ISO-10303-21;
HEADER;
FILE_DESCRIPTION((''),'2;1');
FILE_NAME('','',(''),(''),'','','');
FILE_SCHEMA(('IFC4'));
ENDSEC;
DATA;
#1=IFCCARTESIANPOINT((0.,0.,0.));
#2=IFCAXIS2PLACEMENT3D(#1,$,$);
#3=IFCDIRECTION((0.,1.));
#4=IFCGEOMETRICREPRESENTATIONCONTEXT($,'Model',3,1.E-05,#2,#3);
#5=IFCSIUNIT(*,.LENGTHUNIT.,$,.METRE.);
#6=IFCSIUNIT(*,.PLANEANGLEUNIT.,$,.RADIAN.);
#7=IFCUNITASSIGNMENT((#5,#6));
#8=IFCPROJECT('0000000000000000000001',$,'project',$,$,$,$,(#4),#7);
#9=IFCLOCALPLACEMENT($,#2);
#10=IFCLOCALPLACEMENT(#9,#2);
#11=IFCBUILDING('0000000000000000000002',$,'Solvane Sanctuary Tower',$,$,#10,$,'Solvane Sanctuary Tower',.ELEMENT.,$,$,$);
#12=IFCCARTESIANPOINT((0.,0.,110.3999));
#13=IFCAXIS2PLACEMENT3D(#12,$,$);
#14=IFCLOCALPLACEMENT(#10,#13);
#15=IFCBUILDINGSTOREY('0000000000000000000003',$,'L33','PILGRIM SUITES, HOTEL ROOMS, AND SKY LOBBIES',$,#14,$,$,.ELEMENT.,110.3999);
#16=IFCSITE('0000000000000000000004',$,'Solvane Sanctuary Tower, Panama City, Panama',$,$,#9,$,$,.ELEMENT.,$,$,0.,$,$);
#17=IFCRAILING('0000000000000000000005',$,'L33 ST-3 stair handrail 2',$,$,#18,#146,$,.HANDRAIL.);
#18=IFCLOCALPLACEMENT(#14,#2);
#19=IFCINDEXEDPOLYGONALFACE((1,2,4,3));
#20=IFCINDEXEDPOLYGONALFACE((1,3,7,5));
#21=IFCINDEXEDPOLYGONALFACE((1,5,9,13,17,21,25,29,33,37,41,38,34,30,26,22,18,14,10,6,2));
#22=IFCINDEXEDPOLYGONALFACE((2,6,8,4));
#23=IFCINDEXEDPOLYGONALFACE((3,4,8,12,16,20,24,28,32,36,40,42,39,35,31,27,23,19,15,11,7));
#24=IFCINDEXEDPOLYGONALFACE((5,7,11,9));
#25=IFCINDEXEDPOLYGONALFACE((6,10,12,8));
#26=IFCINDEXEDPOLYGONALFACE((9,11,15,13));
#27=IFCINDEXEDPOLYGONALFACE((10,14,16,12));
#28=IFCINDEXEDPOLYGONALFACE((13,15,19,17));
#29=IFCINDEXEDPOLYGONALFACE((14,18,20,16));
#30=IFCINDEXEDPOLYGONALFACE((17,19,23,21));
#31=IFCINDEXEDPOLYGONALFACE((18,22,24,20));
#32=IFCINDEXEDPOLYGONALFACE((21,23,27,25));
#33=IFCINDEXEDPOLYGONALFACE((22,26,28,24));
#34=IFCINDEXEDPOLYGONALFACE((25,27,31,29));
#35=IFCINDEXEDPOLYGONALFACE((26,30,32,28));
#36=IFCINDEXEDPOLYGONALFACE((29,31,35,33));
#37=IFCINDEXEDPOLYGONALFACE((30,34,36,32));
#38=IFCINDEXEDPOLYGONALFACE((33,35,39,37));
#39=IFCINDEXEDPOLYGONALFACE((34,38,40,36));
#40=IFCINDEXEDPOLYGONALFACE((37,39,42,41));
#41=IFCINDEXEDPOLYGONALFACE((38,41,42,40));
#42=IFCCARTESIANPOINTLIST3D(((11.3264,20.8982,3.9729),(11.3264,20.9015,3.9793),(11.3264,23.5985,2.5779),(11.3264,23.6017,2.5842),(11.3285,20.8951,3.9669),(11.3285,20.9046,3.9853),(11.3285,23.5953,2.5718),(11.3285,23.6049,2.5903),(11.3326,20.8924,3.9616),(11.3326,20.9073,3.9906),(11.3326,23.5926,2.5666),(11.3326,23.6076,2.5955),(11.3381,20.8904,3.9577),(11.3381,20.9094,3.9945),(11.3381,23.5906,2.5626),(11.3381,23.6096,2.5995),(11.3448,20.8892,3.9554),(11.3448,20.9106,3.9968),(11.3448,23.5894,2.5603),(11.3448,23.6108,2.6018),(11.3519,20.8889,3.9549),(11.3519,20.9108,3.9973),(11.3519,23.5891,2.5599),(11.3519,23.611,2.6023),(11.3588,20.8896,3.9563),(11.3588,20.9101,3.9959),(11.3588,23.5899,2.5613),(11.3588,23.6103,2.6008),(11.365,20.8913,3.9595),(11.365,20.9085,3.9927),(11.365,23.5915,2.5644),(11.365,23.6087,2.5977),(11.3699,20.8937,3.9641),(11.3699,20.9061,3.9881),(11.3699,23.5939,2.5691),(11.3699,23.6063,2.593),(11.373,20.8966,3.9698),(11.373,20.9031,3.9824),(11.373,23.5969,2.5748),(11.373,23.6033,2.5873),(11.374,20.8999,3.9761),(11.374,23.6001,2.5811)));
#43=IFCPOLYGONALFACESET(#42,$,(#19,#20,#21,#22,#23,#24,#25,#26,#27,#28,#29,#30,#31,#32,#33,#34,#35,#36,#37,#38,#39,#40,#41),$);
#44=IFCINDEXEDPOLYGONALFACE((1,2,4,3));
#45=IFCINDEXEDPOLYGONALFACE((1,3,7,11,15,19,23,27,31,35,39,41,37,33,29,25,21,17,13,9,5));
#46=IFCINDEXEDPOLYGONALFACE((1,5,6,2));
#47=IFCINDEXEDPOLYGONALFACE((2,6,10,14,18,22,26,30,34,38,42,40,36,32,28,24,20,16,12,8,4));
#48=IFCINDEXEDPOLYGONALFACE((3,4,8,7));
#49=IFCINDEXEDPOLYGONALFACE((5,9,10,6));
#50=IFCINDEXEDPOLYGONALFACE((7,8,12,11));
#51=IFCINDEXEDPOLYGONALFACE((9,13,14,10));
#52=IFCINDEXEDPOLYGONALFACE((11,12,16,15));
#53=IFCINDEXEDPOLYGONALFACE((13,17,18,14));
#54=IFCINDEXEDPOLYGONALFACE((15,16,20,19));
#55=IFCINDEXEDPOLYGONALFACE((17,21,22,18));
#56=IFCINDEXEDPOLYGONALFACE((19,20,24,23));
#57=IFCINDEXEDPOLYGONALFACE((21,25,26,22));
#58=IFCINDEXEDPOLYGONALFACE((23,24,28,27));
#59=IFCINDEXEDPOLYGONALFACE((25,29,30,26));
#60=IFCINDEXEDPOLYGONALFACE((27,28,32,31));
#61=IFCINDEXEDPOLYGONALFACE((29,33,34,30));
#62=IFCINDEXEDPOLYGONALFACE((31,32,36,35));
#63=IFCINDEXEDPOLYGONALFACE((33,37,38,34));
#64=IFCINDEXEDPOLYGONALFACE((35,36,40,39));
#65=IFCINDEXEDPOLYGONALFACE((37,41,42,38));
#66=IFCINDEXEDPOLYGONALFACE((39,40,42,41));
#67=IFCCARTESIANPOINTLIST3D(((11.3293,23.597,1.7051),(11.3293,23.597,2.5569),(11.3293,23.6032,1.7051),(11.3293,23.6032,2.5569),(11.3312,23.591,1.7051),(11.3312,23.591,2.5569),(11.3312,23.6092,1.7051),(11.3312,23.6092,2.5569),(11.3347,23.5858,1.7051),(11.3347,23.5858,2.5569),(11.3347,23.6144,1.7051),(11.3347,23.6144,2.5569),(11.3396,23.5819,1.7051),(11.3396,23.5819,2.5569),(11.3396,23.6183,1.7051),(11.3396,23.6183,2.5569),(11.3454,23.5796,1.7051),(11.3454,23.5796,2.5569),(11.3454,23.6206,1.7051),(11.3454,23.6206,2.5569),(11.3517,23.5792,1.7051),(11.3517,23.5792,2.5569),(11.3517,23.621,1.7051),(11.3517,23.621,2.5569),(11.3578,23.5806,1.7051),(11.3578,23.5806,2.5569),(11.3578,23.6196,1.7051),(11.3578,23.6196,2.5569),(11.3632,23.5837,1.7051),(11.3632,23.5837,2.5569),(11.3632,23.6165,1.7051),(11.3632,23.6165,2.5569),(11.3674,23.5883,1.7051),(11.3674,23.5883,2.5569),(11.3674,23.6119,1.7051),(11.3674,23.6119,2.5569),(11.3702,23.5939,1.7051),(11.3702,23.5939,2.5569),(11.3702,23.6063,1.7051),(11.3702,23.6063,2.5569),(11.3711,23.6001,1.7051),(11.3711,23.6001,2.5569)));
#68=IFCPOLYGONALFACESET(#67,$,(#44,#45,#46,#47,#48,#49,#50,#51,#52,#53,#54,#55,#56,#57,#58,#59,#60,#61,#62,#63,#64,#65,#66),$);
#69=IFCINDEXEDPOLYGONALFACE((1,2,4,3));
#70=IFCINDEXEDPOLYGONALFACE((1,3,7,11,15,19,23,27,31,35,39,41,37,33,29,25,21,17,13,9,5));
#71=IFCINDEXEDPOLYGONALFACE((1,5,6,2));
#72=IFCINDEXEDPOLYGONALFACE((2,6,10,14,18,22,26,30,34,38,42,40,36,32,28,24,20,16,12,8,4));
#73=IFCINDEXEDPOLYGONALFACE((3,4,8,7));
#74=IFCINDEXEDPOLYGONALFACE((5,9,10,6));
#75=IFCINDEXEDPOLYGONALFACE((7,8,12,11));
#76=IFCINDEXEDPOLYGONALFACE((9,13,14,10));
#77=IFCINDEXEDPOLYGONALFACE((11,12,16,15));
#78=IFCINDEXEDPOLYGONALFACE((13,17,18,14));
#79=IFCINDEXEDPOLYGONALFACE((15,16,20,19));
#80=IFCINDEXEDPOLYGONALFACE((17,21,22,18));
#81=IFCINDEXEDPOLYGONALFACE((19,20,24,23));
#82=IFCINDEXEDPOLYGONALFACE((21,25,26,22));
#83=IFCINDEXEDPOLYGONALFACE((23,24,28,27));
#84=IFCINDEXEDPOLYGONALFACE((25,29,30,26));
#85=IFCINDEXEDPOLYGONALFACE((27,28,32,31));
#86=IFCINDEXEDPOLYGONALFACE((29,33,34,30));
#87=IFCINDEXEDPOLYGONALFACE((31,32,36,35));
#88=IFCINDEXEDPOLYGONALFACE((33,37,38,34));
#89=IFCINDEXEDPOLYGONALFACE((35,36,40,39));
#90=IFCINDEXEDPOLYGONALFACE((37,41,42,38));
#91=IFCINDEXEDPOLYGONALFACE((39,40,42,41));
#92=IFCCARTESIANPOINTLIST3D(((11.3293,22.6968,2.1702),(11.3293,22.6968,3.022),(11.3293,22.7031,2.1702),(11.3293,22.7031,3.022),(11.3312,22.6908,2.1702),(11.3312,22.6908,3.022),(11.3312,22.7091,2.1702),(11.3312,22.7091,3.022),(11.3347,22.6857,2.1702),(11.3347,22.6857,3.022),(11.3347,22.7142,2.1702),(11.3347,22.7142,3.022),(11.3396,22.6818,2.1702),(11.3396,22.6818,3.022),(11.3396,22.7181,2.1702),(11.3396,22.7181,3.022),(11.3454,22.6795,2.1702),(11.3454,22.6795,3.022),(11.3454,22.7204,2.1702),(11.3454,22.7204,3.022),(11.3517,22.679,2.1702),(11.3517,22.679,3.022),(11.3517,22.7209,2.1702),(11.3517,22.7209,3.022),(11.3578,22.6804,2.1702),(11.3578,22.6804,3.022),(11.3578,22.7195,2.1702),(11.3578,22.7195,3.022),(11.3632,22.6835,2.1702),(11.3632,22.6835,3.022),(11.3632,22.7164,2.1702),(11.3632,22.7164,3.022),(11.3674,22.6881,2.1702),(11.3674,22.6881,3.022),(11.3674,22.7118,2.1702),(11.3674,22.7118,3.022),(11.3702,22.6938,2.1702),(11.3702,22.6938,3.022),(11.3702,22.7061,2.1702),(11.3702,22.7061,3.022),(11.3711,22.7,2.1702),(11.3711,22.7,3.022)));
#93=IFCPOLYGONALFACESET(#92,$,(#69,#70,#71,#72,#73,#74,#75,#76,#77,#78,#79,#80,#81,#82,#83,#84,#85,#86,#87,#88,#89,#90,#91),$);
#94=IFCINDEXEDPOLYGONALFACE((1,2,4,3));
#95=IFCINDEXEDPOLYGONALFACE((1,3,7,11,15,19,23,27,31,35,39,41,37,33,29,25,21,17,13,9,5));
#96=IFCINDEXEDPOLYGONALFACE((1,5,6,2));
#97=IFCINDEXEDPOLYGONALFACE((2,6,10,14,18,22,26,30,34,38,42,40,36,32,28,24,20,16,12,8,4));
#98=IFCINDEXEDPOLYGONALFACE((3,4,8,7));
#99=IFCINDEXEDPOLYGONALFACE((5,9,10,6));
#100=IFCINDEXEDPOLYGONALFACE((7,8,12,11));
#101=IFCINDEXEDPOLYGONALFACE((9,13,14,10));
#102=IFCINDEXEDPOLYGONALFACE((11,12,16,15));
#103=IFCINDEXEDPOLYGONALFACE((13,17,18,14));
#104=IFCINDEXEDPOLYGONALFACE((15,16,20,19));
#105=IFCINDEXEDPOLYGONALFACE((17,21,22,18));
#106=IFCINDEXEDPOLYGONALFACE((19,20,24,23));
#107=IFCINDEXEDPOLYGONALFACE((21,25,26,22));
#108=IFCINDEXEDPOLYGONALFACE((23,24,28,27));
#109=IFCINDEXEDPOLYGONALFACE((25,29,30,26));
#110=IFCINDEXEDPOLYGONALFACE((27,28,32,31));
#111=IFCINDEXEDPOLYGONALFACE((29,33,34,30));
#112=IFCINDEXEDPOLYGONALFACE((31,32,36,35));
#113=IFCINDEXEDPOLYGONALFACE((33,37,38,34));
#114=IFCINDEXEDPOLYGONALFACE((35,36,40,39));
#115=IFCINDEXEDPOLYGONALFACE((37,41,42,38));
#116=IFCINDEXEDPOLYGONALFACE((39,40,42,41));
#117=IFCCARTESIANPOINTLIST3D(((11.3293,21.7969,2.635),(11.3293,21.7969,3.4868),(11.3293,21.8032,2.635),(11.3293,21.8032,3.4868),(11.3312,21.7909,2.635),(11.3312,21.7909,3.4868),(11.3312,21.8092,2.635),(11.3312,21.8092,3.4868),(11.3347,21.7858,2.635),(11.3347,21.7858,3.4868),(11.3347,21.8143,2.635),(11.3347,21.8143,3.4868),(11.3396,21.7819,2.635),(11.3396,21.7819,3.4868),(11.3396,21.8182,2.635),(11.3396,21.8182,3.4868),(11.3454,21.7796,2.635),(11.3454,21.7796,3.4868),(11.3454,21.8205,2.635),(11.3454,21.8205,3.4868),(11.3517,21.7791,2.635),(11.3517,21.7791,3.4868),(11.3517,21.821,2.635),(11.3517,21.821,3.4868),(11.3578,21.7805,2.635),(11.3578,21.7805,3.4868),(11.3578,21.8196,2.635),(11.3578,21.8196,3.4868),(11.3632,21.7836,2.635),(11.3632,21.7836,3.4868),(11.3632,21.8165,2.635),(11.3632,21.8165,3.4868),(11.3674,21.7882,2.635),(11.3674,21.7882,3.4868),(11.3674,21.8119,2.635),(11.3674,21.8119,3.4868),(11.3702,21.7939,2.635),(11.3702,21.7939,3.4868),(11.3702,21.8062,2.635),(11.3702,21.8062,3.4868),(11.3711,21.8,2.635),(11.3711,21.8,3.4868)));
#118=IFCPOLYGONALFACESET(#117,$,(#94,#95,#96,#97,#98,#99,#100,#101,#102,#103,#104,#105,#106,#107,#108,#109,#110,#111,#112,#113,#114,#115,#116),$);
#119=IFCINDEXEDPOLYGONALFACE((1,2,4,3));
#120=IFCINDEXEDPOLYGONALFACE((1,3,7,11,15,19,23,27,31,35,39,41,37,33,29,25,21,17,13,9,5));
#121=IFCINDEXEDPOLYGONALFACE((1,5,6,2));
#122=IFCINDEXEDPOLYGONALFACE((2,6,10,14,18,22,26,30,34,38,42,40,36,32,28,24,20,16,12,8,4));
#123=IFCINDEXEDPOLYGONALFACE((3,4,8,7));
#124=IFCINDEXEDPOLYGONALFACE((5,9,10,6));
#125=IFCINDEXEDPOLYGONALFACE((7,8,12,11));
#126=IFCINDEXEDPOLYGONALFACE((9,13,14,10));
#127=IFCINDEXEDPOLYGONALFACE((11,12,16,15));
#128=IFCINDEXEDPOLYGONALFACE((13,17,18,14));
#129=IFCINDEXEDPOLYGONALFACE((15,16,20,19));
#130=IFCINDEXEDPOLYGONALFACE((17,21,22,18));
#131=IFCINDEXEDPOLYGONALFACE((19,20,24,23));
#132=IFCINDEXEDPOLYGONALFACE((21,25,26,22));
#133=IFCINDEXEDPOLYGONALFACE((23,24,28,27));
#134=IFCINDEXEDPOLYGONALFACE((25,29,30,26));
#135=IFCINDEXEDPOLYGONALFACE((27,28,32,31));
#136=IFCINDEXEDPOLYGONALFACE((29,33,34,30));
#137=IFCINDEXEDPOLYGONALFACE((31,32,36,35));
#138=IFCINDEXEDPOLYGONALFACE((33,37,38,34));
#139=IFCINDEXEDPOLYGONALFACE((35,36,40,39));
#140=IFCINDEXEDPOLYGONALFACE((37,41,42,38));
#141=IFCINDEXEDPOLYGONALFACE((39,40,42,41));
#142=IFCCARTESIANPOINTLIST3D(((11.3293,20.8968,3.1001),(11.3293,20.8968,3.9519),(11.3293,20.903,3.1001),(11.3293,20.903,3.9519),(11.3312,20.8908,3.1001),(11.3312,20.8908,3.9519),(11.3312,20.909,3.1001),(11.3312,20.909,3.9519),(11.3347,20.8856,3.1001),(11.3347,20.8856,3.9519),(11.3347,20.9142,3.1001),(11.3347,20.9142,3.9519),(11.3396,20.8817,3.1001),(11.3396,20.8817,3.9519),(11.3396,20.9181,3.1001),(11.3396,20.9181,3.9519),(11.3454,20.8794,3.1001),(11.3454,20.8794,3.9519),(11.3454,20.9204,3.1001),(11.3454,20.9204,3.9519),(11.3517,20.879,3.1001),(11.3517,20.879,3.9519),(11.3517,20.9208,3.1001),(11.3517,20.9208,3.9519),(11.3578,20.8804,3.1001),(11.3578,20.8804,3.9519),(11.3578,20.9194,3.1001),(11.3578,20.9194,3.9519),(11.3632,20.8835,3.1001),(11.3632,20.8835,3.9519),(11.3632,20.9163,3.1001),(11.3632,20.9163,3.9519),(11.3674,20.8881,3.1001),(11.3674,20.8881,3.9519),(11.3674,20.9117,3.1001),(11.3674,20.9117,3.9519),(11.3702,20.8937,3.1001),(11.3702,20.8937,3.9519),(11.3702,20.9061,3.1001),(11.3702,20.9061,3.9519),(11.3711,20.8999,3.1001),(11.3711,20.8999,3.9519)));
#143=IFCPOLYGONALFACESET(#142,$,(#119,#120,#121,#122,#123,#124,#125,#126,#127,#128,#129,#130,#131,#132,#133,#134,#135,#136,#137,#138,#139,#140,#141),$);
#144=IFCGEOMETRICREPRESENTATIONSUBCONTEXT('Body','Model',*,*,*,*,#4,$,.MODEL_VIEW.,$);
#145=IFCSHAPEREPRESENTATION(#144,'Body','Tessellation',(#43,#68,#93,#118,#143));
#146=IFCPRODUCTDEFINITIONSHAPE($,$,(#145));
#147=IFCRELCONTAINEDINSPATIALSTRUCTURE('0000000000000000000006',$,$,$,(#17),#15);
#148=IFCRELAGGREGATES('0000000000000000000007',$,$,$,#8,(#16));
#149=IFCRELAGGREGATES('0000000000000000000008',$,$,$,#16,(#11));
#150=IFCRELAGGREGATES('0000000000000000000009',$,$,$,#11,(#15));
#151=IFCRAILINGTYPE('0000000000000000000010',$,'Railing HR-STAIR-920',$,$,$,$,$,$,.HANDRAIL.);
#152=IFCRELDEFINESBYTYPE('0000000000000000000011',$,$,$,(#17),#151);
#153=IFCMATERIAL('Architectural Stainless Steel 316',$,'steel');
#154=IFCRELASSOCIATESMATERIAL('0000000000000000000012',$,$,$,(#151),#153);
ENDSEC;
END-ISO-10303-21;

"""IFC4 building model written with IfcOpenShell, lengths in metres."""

from ifc_helpers import new_model, si_unit, direction, frame, origin, origin_2d, place, context, subcontext, project, spatial, circle, extrude, material, type_object, element, save


model = new_model("IFC4")

# Units and contexts
model_context = context("Model", 3, precision=1e-05, world=origin(), true_north=direction((0.0, 1.0)))
body_context = subcontext(model_context, "Body", "Model", "MODEL_VIEW")
ifc_project = project(units=[si_unit("LENGTHUNIT", "METRE"), si_unit("PLANEANGLEUNIT", "RADIAN")], contexts=[model_context])

# Site, building, storey
site_placement = place(None, origin())
site = spatial("IfcSite", under=ifc_project, at=site_placement, Name="Solvane Sanctuary Tower, Panama City, Panama", CompositionType="ELEMENT", RefElevation=0.0)
building_placement = place(site_placement, origin())
building = spatial("IfcBuilding", under=site, at=building_placement, Name="Solvane Sanctuary Tower", LongName="Solvane Sanctuary Tower", CompositionType="ELEMENT")
storey_placement = place(building_placement, frame((0.0, 0.0, 110.3999)))
storey = spatial("IfcBuildingStorey", under=building, at=storey_placement, Name="L33", Description="PILGRIM SUITES, HOTEL ROOMS, AND SKY LOBBIES", CompositionType="ELEMENT", Elevation=110.3999)

# Shared definitions
ifc_material_1 = material(Name="Architectural Stainless Steel 316", Category="steel")

# Railing
railing_type_1 = type_object("IfcRailingType", Name="Railing HR-STAIR-920", PredefinedType="HANDRAIL", material=ifc_material_1)
railing_1_placement = place(storey_placement, frame((11.3501, 23.6001, 1.7051)))
element("IfcRailing", 1, at=railing_1_placement, inside=storey, type_object=railing_type_1, Name="L33 ST-3 stair handrail 2", PredefinedType="HANDRAIL", context=body_context, shape_type="SweptSolid", body=[
    extrude(circle(Radius=0.0239, at=origin_2d()), frame((0.0, 0.0, 0.876), z_axis=(0.0, -0.888437, 0.458999), x_axis=(1.0, 0.0, 0.0)), (0.0, 0.0, 1.0), 3.0393),
    extrude(circle(Radius=0.021, at=origin_2d()), origin(), (0.0, 0.0, 1.0), 0.8518),
    extrude(circle(Radius=0.021, at=origin_2d()), frame((0.0, -0.9001, 0.4651)), (0.0, 0.0, 1.0), 0.8518),
    extrude(circle(Radius=0.021, at=origin_2d()), frame((0.0, -1.8, 0.9299)), (0.0, 0.0, 1.0), 0.8518),
    extrude(circle(Radius=0.021, at=origin_2d()), frame((0.0, -2.7002, 1.395)), (0.0, 0.0, 1.0), 0.8518),
])

save(model, "model.ifc")
